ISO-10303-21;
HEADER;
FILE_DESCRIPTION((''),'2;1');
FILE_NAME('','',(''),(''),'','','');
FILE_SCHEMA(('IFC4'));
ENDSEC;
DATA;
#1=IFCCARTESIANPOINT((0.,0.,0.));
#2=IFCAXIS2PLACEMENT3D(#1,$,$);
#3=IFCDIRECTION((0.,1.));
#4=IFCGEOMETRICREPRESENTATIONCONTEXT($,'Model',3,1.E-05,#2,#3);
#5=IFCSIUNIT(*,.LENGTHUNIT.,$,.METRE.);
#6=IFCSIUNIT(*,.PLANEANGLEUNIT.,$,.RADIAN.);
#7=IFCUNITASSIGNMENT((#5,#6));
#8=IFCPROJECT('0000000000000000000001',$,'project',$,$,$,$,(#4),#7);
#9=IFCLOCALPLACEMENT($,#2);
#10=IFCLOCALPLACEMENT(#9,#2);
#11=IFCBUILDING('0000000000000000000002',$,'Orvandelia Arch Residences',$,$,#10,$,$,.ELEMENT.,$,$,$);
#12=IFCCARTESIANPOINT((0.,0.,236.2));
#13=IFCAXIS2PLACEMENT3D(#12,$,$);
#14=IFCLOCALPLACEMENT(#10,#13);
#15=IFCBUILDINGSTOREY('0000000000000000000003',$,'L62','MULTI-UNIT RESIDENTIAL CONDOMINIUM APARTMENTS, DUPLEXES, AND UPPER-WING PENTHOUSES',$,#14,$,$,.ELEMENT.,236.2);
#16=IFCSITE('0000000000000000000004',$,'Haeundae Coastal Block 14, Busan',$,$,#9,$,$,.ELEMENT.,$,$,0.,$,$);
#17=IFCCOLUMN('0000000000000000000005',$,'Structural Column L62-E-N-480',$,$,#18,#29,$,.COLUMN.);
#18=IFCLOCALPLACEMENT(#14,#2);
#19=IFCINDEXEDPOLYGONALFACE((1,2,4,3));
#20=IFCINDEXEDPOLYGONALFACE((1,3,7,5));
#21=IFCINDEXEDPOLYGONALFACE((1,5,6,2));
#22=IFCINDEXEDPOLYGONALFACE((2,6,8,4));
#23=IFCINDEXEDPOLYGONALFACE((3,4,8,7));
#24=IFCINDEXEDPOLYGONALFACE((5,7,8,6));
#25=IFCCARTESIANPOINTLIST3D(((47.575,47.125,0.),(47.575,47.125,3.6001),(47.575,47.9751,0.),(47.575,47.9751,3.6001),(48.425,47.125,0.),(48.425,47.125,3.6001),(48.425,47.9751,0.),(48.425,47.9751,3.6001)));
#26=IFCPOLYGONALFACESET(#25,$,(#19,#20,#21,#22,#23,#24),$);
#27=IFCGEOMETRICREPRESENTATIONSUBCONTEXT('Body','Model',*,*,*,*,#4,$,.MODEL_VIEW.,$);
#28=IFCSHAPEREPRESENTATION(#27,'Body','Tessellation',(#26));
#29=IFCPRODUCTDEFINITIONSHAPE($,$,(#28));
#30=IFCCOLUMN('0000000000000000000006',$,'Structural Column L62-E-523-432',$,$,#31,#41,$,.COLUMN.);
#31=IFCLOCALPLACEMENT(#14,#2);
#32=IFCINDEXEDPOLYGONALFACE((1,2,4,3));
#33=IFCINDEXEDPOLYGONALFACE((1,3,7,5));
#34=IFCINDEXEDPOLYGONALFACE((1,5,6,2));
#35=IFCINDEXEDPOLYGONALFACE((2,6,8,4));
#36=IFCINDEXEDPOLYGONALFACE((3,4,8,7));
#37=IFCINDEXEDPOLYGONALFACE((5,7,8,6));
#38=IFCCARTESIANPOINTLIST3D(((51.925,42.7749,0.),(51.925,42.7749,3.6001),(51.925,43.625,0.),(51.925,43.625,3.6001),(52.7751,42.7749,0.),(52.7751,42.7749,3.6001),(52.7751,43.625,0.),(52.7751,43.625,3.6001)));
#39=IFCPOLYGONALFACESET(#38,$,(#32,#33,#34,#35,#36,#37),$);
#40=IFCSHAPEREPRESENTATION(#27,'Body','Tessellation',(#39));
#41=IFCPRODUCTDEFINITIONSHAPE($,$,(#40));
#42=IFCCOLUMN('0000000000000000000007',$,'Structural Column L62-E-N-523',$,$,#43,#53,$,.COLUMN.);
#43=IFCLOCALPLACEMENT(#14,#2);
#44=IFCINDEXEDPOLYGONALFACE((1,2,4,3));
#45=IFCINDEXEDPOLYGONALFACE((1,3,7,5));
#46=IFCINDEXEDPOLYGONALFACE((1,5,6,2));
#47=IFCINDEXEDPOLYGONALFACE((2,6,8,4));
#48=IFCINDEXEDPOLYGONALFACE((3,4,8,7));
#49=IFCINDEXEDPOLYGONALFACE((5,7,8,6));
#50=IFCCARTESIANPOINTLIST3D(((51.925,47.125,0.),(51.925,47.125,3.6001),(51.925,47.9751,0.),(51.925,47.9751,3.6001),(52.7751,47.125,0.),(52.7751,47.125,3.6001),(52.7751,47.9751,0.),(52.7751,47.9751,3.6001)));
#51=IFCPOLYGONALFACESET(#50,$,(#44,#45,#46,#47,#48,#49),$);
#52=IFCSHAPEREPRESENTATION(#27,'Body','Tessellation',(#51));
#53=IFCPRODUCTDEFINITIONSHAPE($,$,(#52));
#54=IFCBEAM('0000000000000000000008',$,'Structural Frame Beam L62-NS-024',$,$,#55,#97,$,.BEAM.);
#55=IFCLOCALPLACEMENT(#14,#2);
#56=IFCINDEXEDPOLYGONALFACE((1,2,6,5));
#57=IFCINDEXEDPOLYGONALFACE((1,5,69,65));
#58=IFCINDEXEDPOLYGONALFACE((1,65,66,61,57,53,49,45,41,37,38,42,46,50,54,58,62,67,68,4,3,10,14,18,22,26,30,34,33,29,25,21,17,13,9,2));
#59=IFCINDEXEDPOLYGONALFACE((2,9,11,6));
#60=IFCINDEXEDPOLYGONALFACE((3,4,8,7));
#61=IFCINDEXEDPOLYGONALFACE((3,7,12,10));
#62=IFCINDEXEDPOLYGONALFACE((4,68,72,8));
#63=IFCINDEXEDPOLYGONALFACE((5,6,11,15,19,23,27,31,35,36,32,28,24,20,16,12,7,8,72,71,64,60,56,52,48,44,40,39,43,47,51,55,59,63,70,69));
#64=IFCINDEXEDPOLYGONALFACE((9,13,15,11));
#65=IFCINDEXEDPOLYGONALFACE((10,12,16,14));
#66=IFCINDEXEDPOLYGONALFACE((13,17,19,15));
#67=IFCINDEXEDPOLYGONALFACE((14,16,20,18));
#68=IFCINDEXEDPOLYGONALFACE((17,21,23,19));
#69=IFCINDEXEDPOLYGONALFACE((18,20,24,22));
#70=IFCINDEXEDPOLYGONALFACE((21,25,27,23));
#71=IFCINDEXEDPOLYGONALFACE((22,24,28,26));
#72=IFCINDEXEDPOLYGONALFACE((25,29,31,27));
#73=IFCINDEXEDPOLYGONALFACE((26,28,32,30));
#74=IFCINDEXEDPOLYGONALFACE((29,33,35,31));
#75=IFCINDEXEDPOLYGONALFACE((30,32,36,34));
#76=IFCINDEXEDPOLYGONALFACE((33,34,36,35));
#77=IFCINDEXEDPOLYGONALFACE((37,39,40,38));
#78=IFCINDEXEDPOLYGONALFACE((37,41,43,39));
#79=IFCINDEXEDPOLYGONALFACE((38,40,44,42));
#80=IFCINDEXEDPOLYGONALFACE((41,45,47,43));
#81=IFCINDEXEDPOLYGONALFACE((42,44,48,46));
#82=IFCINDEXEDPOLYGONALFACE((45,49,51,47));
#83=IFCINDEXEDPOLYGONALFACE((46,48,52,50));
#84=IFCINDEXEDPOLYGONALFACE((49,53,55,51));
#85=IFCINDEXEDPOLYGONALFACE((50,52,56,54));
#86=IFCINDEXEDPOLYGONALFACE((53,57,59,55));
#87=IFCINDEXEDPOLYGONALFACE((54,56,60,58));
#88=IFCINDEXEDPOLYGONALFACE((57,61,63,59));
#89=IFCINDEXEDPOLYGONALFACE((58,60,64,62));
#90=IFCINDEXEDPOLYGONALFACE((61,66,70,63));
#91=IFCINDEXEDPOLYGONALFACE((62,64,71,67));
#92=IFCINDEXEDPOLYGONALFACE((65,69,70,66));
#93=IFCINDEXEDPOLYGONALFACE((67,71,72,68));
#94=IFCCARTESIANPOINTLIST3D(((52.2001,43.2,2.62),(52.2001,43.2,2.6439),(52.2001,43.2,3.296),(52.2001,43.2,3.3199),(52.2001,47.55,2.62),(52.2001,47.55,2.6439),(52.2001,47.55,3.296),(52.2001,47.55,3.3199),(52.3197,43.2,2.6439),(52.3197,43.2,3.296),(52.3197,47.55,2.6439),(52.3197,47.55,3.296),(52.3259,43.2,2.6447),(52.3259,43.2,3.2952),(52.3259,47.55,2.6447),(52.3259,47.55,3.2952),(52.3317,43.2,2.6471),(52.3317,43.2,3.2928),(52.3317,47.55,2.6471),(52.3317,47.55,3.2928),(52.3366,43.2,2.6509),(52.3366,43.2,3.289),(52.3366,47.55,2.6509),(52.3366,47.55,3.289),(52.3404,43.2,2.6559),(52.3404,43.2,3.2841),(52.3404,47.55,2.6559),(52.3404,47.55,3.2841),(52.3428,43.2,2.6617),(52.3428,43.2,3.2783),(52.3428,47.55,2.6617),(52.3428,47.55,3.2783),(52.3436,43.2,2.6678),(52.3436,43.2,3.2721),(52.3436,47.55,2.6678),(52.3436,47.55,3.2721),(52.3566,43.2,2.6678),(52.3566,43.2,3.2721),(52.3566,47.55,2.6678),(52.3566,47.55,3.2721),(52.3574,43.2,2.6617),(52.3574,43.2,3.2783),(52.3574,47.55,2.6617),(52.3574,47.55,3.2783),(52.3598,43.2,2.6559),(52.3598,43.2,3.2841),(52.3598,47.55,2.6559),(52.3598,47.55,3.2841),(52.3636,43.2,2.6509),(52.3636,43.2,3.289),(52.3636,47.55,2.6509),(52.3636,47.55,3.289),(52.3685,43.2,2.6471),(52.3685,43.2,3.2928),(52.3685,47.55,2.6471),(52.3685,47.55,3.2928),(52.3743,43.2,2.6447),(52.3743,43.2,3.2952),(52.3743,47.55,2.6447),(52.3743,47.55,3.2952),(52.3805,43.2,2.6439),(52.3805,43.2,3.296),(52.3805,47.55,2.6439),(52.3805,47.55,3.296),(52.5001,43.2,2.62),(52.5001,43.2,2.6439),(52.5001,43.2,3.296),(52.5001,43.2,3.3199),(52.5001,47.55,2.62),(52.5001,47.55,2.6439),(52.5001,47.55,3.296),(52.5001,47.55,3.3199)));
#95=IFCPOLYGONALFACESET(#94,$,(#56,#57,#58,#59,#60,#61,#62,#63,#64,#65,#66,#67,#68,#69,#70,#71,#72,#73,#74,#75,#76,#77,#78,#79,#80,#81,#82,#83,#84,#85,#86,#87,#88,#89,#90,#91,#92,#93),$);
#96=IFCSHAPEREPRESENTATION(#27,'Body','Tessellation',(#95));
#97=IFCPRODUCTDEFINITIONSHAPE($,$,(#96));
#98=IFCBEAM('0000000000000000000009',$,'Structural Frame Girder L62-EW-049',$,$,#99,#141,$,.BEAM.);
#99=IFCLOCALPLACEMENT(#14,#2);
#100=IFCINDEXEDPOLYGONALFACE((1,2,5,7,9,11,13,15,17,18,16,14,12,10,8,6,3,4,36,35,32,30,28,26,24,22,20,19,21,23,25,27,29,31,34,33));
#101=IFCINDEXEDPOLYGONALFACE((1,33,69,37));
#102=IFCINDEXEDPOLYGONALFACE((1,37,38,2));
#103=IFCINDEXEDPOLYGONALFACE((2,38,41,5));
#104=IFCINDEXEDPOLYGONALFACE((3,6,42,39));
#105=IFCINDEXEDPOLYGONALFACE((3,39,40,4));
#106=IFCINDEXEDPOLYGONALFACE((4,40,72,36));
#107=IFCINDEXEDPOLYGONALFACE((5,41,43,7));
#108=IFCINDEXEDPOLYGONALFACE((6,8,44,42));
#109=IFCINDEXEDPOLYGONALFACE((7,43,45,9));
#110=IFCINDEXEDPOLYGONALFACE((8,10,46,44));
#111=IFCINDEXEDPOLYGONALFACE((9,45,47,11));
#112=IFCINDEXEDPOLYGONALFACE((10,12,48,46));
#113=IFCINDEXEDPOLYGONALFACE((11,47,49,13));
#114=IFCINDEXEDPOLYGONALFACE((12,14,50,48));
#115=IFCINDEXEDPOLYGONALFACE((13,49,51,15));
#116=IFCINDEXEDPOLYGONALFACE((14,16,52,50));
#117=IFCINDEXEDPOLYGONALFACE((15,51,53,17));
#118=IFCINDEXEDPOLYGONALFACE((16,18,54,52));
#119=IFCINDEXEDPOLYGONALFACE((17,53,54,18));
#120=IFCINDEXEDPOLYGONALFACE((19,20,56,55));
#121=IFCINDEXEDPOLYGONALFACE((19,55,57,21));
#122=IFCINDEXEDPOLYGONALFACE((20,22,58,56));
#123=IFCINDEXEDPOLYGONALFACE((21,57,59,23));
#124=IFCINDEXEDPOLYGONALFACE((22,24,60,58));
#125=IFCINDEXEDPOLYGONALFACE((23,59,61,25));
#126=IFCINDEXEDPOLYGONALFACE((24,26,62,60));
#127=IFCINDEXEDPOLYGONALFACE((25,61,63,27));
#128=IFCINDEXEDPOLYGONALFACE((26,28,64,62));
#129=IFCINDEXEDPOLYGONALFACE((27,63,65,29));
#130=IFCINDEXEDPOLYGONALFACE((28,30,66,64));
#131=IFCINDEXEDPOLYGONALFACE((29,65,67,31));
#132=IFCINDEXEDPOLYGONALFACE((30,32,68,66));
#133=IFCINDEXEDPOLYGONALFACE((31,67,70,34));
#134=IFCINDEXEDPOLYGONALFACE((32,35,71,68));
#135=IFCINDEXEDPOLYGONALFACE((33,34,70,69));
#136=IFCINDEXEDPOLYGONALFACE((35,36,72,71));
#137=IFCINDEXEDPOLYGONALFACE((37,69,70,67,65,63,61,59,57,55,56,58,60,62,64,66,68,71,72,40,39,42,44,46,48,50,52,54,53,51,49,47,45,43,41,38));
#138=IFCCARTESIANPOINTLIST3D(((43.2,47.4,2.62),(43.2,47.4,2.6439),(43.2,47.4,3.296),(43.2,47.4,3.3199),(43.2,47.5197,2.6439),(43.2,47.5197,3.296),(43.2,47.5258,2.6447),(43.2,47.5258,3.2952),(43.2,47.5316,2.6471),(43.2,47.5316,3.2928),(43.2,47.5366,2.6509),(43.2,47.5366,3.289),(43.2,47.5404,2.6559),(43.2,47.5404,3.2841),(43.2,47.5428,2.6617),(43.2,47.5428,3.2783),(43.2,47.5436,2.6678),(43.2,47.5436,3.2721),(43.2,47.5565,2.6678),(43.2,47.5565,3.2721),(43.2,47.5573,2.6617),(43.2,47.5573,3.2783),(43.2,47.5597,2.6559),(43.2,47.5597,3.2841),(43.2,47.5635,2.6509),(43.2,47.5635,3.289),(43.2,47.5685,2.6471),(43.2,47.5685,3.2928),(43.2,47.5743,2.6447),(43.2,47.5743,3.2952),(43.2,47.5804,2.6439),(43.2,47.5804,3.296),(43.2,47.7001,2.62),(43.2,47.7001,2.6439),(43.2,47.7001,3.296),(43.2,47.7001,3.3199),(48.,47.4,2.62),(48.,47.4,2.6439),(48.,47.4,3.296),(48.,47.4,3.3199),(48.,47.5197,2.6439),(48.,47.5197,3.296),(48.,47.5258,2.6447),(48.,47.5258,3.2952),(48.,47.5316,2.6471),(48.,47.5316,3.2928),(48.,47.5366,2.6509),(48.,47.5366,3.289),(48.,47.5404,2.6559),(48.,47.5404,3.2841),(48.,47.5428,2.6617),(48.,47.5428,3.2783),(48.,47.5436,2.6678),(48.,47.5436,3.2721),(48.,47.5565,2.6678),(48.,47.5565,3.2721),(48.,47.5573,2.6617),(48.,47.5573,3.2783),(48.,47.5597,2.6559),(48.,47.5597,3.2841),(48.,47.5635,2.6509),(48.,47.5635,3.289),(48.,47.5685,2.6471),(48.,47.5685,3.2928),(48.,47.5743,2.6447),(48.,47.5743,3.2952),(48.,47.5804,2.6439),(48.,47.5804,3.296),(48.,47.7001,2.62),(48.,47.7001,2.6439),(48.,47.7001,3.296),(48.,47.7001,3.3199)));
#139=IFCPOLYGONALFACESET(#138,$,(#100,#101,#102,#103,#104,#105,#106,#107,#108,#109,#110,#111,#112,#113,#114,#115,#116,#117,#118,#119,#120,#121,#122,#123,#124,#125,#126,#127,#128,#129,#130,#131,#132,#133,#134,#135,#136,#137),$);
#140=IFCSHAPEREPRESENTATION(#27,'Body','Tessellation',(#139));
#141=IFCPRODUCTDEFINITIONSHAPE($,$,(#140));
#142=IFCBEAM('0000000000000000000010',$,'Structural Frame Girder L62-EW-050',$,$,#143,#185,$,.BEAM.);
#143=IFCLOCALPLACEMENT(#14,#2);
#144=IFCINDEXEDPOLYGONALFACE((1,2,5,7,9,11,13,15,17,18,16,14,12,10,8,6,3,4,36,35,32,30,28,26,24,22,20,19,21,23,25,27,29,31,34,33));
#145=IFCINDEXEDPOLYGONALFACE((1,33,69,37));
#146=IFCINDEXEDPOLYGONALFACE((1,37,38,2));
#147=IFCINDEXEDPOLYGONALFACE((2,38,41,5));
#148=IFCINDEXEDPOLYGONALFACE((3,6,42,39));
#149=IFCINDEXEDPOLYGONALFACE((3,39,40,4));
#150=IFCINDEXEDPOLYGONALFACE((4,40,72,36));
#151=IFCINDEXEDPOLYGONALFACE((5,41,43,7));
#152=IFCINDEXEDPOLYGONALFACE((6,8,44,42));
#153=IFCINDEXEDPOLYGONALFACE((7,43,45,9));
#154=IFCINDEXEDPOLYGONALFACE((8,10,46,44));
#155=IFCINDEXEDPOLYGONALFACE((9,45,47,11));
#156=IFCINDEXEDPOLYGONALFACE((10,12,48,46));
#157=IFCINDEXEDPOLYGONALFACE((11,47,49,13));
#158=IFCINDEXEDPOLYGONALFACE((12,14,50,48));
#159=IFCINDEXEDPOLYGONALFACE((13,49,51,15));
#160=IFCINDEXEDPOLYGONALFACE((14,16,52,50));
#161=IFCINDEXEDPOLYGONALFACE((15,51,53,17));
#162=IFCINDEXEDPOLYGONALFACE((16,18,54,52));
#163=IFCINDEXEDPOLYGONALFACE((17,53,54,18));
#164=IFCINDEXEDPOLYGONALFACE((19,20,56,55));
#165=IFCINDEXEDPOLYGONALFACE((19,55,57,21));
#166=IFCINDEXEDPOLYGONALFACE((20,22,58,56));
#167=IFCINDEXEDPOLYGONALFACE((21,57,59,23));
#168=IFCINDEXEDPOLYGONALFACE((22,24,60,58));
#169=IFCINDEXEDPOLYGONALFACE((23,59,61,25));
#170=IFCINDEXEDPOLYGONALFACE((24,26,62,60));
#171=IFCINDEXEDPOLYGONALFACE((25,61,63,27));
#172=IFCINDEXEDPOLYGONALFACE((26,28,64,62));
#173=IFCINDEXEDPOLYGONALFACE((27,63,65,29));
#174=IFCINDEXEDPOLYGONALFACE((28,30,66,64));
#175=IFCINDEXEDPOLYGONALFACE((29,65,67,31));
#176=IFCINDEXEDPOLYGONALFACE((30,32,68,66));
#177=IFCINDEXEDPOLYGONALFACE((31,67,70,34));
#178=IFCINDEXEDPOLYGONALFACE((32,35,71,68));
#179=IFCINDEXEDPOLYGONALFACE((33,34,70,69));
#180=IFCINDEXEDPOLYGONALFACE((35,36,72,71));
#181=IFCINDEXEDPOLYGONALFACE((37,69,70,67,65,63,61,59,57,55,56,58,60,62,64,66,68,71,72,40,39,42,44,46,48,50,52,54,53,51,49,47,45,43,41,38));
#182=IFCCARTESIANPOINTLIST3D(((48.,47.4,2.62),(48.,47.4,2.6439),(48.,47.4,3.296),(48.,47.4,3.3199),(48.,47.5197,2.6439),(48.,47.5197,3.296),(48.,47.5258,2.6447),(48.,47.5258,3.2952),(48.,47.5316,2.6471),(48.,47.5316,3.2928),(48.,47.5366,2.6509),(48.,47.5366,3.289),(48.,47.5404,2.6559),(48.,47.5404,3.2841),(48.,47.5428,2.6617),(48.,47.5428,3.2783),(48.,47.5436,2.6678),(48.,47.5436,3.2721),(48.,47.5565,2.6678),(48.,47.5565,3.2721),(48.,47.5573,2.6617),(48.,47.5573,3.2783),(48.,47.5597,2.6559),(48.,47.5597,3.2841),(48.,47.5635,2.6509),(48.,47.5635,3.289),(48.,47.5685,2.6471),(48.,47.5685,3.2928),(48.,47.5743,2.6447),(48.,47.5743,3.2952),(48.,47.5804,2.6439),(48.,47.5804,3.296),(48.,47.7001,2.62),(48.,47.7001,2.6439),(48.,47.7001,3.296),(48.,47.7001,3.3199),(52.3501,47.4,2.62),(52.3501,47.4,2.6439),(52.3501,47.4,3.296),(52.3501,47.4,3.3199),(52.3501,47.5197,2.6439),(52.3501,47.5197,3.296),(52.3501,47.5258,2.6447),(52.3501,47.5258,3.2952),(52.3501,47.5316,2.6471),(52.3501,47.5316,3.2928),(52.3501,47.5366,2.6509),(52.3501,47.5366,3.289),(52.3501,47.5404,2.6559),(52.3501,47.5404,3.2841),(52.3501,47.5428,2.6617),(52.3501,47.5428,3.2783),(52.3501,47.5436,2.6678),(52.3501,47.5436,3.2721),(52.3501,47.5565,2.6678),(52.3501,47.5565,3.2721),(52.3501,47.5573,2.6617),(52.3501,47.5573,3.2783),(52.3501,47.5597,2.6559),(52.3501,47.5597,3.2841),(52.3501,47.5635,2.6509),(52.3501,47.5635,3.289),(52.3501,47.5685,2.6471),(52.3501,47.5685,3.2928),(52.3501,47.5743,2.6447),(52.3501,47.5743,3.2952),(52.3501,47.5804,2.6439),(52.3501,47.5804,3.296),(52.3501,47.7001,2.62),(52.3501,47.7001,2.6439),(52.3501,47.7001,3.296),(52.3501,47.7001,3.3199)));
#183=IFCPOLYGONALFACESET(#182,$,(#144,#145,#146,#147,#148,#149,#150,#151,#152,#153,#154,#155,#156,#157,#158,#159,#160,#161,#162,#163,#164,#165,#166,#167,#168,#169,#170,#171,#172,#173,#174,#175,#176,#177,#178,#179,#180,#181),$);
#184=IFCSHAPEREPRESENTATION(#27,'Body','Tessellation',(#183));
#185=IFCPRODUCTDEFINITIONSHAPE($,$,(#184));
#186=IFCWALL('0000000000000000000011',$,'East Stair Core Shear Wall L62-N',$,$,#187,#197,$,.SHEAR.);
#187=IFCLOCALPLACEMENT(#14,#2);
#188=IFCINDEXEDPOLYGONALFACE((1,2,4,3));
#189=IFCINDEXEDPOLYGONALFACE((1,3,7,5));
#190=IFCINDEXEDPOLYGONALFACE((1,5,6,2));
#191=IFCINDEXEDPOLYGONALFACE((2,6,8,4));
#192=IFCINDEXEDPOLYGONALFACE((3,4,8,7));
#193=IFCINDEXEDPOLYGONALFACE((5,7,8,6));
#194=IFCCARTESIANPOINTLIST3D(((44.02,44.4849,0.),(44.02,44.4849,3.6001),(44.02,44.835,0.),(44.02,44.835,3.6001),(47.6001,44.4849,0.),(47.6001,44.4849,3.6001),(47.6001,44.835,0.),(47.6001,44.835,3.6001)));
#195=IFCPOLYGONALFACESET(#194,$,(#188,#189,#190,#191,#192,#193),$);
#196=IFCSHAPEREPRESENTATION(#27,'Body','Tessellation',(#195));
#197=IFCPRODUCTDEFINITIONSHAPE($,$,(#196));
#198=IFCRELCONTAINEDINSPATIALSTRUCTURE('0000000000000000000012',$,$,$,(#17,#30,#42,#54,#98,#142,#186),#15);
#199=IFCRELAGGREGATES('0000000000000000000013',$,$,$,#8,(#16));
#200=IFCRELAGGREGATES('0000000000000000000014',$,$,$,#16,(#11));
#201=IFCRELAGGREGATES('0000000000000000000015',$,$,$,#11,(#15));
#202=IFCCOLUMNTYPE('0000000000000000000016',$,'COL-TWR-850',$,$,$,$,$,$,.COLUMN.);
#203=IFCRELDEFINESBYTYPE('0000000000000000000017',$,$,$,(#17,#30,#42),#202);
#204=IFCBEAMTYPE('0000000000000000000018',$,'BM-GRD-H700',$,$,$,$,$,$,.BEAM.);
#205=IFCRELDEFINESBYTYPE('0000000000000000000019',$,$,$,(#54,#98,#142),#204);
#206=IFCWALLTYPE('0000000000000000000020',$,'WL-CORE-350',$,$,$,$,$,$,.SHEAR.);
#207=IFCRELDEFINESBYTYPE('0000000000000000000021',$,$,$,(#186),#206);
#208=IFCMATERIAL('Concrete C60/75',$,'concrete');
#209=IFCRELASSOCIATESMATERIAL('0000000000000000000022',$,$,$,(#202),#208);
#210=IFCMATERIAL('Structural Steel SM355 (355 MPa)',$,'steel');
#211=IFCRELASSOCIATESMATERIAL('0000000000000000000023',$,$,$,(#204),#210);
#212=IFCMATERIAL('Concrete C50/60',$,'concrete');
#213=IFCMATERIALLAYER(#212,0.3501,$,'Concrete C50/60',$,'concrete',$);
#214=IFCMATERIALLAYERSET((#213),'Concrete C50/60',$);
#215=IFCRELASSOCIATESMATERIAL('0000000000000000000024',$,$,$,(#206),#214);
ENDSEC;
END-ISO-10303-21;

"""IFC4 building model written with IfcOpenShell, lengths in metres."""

from ifc_helpers import new_model, si_unit, direction, frame, frame_2d, origin, origin_2d, place, context, subcontext, project, spatial, rectangle, i_section, extrude, material, layer, layer_set, material_profile, profile_set, type_object, element, save


model = new_model("IFC4")

# Units and contexts
model_context = context("Model", 3, precision=1e-05, world=origin(), true_north=direction((0.0, 1.0)))
body_context = subcontext(model_context, "Body", "Model", "MODEL_VIEW")
ifc_project = project(units=[si_unit("LENGTHUNIT", "METRE"), si_unit("PLANEANGLEUNIT", "RADIAN")], contexts=[model_context])

# Site, building, storey
site_placement = place(None, origin())
site = spatial("IfcSite", under=ifc_project, at=site_placement, Name="Haeundae Coastal Block 14, Busan", CompositionType="ELEMENT", RefElevation=0.0)
building_placement = place(site_placement, origin())
building = spatial("IfcBuilding", under=site, at=building_placement, Name="Orvandelia Arch Residences", CompositionType="ELEMENT")
storey_placement = place(building_placement, frame((0.0, 0.0, 236.2)))
storey = spatial("IfcBuildingStorey", under=building, at=storey_placement, Name="L62", Description="MULTI-UNIT RESIDENTIAL CONDOMINIUM APARTMENTS, DUPLEXES, AND UPPER-WING PENTHOUSES", CompositionType="ELEMENT", Elevation=236.2)

# Columns
ifc_material_1 = material(Name="Concrete C60/75", Category="concrete")
ifc_material_profile_1 = material_profile(ifc_material_1, rectangle(XDim=0.8501, YDim=0.8501, at=origin_2d()), Name="Concrete C60/75", Category="concrete")
ifc_profile_set_1 = profile_set([ifc_material_profile_1], Name="Concrete C60/75")
column_type = type_object("IfcColumnType", Name="COL-TWR-850", PredefinedType="COLUMN", material=ifc_profile_set_1)
for number, where, z_axis, x_axis, name in (
    (1, (48.0, 47.55, 0.0), (0.0, 0.0, 1.0), (1.0, 0.0, 0.0), "Structural Column L62-E-N-480"),
    (2, (52.3501, 43.2, 0.0), (0.0, 0.0, 1.0), (1.0, 0.0, 0.0), "Structural Column L62-E-523-432"),
    (3, (52.3501, 47.55, 0.0), (0.0, 0.0, 1.0), (1.0, 0.0, 0.0), "Structural Column L62-E-N-523"),
):
    element("IfcColumn", number, at=place(storey_placement, frame(where, z_axis=z_axis, x_axis=x_axis)), inside=storey, type_object=column_type, Name=name, PredefinedType="COLUMN", context=body_context, shape_type="SweptSolid", body=[
        extrude(rectangle(XDim=0.8501, YDim=0.8501, at=origin_2d()), origin(), (0.0, 0.0, 1.0), 3.6001),
    ])

# Beams
ifc_material_2 = material(Name="Structural Steel SM355 (355 MPa)", Category="steel")
ifc_material_profile_2 = material_profile(ifc_material_2, i_section(OverallWidth=0.3, OverallDepth=0.7, WebThickness=0.0129, FlangeThickness=0.0239, FilletRadius=0.0239, at=origin_2d()), Name="Structural Steel SM355 (355 MPa)", Category="steel")
ifc_profile_set_2 = profile_set([ifc_material_profile_2], Name="Structural Steel SM355 (355 MPa)")
beam_type = type_object("IfcBeamType", Name="BM-GRD-H700", PredefinedType="BEAM", material=ifc_profile_set_2)
beam_1_placement = place(storey_placement, frame((52.3501, 43.2, 2.97), z_axis=(0.0, 1.0, 0.0), x_axis=(-1.0, 0.0, 0.0)))
element("IfcBeam", 4, at=beam_1_placement, inside=storey, type_object=beam_type, Name="Structural Frame Beam L62-NS-024", PredefinedType="BEAM", context=body_context, shape_type="SweptSolid", body=[
    extrude(i_section(OverallWidth=0.3, OverallDepth=0.7, WebThickness=0.0129, FlangeThickness=0.0239, FilletRadius=0.0239, at=origin_2d()), origin(), (0.0, 0.0, 1.0), 4.3501),
])
beam_2_placement = place(storey_placement, frame((43.2, 47.55, 2.97), z_axis=(1.0, 0.0, 0.0), x_axis=(0.0, 1.0, 0.0)))
element("IfcBeam", 5, at=beam_2_placement, inside=storey, type_object=beam_type, Name="Structural Frame Girder L62-EW-049", PredefinedType="BEAM", context=body_context, shape_type="SweptSolid", body=[
    extrude(i_section(OverallWidth=0.3, OverallDepth=0.7, WebThickness=0.0129, FlangeThickness=0.0239, FilletRadius=0.0239, at=origin_2d()), origin(), (0.0, 0.0, 1.0), 4.8),
])
beam_3_placement = place(storey_placement, frame((48.0, 47.55, 2.97), z_axis=(1.0, 0.0, 0.0), x_axis=(0.0, 1.0, 0.0)))
element("IfcBeam", 6, at=beam_3_placement, inside=storey, type_object=beam_type, Name="Structural Frame Girder L62-EW-050", PredefinedType="BEAM", context=body_context, shape_type="SweptSolid", body=[
    extrude(i_section(OverallWidth=0.3, OverallDepth=0.7, WebThickness=0.0129, FlangeThickness=0.0239, FilletRadius=0.0239, at=origin_2d()), origin(), (0.0, 0.0, 1.0), 4.3501),
])

# Wall
ifc_material_3 = material(Name="Concrete C50/60", Category="concrete")
ifc_layer_1 = layer(ifc_material_3, 0.3501, Name="Concrete C50/60", Category="concrete")
ifc_layer_set_1 = layer_set([ifc_layer_1], Name="Concrete C50/60")
wall_type_1 = type_object("IfcWallType", Name="WL-CORE-350", PredefinedType="SHEAR", material=ifc_layer_set_1)
wall_1_placement = place(storey_placement, frame((44.02, 44.6599, 0.0), z_axis=(0.0, 0.0, 1.0), x_axis=(1.0, 0.0, 0.0)))
element("IfcWall", 7, at=wall_1_placement, inside=storey, type_object=wall_type_1, Name="East Stair Core Shear Wall L62-N", PredefinedType="SHEAR", context=body_context, shape_type="SweptSolid", body=[
    extrude(rectangle(XDim=3.5801, YDim=0.3501, at=frame_2d((1.79, 0.0))), origin(), (0.0, 0.0, 1.0), 3.6001),
])

save(model, "model.ifc")
